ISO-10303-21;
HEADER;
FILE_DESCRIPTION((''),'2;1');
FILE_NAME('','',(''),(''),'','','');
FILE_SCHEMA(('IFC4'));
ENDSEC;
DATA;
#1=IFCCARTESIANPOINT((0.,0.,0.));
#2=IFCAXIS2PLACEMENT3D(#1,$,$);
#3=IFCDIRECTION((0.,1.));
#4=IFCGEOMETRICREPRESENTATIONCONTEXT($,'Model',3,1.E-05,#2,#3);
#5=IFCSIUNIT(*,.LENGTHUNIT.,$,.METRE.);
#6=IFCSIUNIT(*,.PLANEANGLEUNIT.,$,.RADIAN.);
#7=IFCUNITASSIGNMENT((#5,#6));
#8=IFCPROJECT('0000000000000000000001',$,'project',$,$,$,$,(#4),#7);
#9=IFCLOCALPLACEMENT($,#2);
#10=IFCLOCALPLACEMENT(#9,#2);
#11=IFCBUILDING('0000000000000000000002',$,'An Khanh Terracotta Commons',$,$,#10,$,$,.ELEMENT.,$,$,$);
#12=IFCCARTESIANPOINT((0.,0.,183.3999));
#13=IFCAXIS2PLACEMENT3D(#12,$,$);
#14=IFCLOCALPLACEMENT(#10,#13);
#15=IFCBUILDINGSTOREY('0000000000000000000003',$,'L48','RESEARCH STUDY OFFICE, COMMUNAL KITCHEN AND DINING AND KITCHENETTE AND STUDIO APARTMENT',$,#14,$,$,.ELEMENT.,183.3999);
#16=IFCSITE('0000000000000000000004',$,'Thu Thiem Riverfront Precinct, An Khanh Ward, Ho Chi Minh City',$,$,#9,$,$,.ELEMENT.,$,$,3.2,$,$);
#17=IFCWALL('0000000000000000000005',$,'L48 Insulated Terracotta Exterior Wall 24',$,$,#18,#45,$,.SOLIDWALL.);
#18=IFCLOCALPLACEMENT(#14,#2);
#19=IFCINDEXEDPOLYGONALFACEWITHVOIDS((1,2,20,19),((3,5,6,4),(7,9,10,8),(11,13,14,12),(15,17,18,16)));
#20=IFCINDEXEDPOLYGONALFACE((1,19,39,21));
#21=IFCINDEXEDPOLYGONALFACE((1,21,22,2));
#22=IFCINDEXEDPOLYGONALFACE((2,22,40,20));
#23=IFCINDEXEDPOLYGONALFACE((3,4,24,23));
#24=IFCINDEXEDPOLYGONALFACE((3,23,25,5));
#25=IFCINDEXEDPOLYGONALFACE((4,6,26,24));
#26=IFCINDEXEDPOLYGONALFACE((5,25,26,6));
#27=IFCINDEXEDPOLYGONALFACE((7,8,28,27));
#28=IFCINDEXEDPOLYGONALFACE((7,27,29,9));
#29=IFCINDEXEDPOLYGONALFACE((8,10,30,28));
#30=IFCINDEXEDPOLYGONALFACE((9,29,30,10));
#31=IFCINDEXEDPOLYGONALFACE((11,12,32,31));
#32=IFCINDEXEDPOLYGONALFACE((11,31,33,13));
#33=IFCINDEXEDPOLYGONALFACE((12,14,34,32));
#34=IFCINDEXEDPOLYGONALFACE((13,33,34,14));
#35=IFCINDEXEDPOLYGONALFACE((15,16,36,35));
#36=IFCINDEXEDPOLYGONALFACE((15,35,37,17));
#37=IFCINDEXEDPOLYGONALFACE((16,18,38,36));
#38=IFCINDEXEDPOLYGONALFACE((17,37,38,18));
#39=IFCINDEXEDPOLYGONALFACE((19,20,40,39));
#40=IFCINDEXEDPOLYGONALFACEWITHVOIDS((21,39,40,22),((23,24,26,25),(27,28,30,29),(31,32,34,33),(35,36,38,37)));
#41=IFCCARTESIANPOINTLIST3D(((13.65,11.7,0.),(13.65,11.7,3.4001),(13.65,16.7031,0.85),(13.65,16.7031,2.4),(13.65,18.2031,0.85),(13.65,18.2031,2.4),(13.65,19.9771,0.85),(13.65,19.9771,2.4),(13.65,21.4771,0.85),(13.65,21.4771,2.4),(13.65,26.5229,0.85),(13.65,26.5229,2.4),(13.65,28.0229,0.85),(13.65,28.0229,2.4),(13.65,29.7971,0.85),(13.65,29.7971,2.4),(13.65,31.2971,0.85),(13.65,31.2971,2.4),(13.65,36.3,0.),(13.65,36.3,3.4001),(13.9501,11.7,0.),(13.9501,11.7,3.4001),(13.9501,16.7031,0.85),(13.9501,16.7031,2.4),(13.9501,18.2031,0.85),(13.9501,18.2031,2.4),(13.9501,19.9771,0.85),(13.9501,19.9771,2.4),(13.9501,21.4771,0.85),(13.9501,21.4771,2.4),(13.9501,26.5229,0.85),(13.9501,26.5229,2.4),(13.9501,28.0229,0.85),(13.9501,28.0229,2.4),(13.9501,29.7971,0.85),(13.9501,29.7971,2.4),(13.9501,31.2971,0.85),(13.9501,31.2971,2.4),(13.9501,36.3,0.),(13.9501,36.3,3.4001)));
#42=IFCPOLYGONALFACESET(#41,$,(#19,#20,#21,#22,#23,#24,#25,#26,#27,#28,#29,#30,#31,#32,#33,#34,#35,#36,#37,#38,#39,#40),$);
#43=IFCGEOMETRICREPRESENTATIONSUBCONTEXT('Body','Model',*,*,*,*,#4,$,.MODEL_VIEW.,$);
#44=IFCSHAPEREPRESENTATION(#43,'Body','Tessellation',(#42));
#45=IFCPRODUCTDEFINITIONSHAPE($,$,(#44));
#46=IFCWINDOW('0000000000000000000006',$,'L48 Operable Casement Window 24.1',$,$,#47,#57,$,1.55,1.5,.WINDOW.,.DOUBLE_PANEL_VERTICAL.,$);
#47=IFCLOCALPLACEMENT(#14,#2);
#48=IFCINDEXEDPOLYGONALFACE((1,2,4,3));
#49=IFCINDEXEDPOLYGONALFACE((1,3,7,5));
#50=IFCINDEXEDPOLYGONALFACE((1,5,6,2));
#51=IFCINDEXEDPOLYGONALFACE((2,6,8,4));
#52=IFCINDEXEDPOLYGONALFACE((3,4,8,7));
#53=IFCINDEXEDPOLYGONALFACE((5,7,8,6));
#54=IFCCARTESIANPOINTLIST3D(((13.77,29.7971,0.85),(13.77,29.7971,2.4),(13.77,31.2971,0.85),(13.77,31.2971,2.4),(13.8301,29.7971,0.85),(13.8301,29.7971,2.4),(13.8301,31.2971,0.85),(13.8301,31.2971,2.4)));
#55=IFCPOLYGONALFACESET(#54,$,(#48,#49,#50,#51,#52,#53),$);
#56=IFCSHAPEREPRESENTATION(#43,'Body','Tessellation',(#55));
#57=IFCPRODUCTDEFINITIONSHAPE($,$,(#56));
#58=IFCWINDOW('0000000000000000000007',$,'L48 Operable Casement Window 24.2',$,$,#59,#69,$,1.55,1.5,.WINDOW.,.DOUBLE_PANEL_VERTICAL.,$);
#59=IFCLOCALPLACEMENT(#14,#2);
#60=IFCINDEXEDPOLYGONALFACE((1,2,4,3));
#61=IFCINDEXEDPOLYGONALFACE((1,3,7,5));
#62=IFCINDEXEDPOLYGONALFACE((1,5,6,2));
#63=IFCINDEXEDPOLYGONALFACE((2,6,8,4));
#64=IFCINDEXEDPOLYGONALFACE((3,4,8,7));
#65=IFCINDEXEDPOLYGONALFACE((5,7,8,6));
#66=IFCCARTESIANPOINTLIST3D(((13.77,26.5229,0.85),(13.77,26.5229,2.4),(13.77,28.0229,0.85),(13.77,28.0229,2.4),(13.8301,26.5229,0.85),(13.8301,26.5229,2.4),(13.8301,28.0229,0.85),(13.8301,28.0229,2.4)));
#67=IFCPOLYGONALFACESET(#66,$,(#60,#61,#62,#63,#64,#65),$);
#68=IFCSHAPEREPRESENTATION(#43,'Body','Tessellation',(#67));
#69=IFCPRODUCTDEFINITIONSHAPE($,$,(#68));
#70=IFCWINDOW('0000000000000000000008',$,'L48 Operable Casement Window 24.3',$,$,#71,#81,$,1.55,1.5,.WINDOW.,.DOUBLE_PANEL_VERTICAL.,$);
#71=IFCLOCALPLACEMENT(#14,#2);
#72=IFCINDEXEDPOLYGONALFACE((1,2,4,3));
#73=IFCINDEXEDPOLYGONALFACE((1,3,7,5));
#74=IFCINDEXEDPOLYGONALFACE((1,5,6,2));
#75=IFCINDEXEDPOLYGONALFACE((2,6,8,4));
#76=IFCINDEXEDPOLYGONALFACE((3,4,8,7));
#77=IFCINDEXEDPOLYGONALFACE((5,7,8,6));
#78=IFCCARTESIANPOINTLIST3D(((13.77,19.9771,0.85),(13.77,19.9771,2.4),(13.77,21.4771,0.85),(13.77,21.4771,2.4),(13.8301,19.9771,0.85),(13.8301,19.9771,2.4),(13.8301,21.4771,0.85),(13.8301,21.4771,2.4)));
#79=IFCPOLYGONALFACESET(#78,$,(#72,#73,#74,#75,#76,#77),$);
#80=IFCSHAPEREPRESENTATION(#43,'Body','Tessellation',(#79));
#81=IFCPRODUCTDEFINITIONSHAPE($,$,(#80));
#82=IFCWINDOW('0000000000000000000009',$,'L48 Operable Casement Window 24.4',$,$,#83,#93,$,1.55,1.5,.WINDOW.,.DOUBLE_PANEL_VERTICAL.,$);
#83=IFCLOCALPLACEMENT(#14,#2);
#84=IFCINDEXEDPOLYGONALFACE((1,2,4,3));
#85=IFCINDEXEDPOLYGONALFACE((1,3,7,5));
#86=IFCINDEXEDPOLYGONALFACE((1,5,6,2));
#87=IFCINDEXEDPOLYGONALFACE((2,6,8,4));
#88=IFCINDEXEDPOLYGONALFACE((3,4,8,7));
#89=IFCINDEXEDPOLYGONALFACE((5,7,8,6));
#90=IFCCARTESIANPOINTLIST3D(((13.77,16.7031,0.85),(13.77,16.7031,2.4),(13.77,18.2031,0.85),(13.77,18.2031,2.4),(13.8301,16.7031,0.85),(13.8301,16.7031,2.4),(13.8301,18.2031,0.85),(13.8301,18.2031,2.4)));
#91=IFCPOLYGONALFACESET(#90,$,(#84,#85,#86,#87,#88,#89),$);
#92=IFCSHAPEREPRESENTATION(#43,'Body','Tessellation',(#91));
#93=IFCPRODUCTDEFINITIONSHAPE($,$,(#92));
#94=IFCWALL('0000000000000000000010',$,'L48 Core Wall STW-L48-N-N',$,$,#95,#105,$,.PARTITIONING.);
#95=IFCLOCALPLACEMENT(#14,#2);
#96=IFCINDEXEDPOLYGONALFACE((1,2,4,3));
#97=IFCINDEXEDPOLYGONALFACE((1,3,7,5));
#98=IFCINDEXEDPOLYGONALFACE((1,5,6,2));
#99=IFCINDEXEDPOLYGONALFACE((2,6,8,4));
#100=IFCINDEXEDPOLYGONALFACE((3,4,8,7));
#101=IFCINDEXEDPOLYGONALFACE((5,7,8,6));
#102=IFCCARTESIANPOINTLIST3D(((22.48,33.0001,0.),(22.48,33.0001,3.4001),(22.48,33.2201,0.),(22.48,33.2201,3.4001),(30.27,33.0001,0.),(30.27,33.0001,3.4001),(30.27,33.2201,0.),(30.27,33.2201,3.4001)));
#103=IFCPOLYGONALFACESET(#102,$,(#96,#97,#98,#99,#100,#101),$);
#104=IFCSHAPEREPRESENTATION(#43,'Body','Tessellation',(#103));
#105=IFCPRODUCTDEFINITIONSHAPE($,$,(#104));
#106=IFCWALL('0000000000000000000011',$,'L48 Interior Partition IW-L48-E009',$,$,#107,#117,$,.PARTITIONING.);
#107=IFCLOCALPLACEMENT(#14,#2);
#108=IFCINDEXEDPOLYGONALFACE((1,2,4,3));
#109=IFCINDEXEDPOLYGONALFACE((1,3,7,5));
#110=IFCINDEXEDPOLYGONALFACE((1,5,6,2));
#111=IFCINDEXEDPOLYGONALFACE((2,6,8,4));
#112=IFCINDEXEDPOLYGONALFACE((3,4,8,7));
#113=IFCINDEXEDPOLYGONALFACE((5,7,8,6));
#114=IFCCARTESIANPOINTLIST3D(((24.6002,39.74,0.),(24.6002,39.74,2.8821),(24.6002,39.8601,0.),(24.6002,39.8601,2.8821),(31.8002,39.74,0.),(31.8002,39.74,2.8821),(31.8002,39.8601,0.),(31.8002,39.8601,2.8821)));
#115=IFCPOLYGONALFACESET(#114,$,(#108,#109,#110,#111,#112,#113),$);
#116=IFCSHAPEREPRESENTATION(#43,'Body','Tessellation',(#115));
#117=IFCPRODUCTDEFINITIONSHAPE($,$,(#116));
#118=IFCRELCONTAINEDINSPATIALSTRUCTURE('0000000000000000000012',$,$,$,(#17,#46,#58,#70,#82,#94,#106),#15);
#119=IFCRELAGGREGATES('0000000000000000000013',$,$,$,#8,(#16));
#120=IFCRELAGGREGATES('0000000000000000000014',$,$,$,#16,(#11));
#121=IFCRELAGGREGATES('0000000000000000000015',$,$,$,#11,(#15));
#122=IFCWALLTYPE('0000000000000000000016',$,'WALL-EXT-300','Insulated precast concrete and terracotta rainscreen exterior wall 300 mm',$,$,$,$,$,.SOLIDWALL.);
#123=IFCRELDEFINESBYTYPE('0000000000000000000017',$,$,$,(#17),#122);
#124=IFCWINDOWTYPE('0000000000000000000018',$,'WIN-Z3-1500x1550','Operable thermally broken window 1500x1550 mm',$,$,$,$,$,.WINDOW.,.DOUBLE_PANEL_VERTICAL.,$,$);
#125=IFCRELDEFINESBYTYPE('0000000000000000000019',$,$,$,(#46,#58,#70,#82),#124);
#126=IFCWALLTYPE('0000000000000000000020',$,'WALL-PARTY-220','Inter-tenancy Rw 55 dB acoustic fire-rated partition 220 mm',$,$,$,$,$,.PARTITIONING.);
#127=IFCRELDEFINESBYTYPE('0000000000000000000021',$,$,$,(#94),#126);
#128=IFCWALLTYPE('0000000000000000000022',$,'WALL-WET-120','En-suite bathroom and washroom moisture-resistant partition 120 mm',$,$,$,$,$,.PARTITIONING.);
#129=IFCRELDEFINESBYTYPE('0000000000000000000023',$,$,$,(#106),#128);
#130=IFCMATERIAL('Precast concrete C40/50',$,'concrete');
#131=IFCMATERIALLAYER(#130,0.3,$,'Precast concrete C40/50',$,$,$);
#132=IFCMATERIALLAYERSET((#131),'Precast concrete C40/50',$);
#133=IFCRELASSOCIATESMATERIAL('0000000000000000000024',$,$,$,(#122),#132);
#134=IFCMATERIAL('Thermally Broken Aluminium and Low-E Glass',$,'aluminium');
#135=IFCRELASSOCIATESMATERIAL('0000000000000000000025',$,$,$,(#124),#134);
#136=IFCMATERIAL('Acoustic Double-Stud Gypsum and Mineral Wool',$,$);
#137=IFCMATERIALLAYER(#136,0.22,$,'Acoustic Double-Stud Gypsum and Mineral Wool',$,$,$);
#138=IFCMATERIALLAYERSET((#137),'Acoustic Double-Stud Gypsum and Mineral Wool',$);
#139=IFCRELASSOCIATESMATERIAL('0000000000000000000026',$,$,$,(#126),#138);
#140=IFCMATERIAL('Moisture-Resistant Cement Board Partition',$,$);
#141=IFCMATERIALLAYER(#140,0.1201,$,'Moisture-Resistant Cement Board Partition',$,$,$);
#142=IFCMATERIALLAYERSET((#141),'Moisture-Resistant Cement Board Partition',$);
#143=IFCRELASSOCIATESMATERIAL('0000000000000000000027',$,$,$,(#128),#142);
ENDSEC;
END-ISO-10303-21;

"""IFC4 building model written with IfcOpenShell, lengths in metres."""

from ifc_helpers import new_model, si_unit, direction, frame, frame_2d, origin, place, context, subcontext, project, spatial, rectangle, extrude, material, layer, layer_set, type_object, element, fill, save


model = new_model("IFC4")

# Units and contexts
model_context = context("Model", 3, precision=1e-05, world=origin(), true_north=direction((0.0, 1.0)))
body_context = subcontext(model_context, "Body", "Model", "MODEL_VIEW")
ifc_project = project(units=[si_unit("LENGTHUNIT", "METRE"), si_unit("PLANEANGLEUNIT", "RADIAN")], contexts=[model_context])

# Site, building, storey
site_placement = place(None, origin())
site = spatial("IfcSite", under=ifc_project, at=site_placement, Name="Thu Thiem Riverfront Precinct, An Khanh Ward, Ho Chi Minh City", CompositionType="ELEMENT", RefElevation=3.2)
building_placement = place(site_placement, origin())
building = spatial("IfcBuilding", under=site, at=building_placement, Name="An Khanh Terracotta Commons", CompositionType="ELEMENT")
storey_placement = place(building_placement, frame((0.0, 0.0, 183.3999)))
storey = spatial("IfcBuildingStorey", under=building, at=storey_placement, Name="L48", Description="RESEARCH STUDY OFFICE, COMMUNAL KITCHEN AND DINING AND KITCHENETTE AND STUDIO APARTMENT", CompositionType="ELEMENT", Elevation=183.3999)

# Shared definitions
ifc_material_1 = material(Name="Precast concrete C40/50", Category="concrete")
ifc_layer_1 = layer(ifc_material_1, 0.3, Name="Precast concrete C40/50")
ifc_layer_set_1 = layer_set([ifc_layer_1], Name="Precast concrete C40/50")
wall_type_1 = type_object("IfcWallType", Name="WALL-EXT-300", Description="Insulated precast concrete and terracotta rainscreen exterior wall 300 mm", PredefinedType="SOLIDWALL", material=ifc_layer_set_1)

# Wall, openings, windows
wall_1_placement = place(storey_placement, frame((13.8, 36.3, 0.0), z_axis=(0.0, 0.0, 1.0), x_axis=(0.0, -1.0, 0.0)))
wall_1 = element("IfcWall", 1, at=wall_1_placement, inside=storey, type_object=wall_type_1, Name="L48 Insulated Terracotta Exterior Wall 24", PredefinedType="SOLIDWALL", context=body_context, shape_type="SweptSolid", body=[
    extrude(rectangle(XDim=24.6001, YDim=0.3, at=frame_2d((12.3, 0.0))), origin(), (0.0, 0.0, 1.0), 3.4001),
])
opening_1_placement = place(wall_1_placement, frame((5.0029, 0.0, 0.8501)))
opening_1 = element("IfcOpeningElement", 2, at=opening_1_placement, cuts=wall_1, PredefinedType="OPENING", context=body_context, shape_type="SweptSolid", body=[
    extrude(rectangle(XDim=1.5, YDim=1.55, at=frame_2d((0.75, 0.7749))), frame((0.0, 0.1599, 0.0), z_axis=(0.0, -1.0, 0.0), x_axis=(1.0, 0.0, 0.0)), (0.0, 0.0, 1.0), 0.3201),
])
opening_2_placement = place(wall_1_placement, frame((8.2771, 0.0, 0.8501)))
opening_2 = element("IfcOpeningElement", 3, at=opening_2_placement, cuts=wall_1, PredefinedType="OPENING", context=body_context, shape_type="SweptSolid", body=[
    extrude(rectangle(XDim=1.5, YDim=1.55, at=frame_2d((0.75, 0.7749))), frame((0.0, 0.1599, 0.0), z_axis=(0.0, -1.0, 0.0), x_axis=(1.0, 0.0, 0.0)), (0.0, 0.0, 1.0), 0.3201),
])
opening_3_placement = place(wall_1_placement, frame((14.823, 0.0, 0.8501)))
opening_3 = element("IfcOpeningElement", 4, at=opening_3_placement, cuts=wall_1, PredefinedType="OPENING", context=body_context, shape_type="SweptSolid", body=[
    extrude(rectangle(XDim=1.5, YDim=1.55, at=frame_2d((0.75, 0.7749))), frame((0.0, 0.1599, 0.0), z_axis=(0.0, -1.0, 0.0), x_axis=(1.0, 0.0, 0.0)), (0.0, 0.0, 1.0), 0.3201),
])
opening_4_placement = place(wall_1_placement, frame((18.0969, 0.0, 0.8501)))
opening_4 = element("IfcOpeningElement", 5, at=opening_4_placement, cuts=wall_1, PredefinedType="OPENING", context=body_context, shape_type="SweptSolid", body=[
    extrude(rectangle(XDim=1.5, YDim=1.55, at=frame_2d((0.75, 0.7749))), frame((0.0, 0.1599, 0.0), z_axis=(0.0, -1.0, 0.0), x_axis=(1.0, 0.0, 0.0)), (0.0, 0.0, 1.0), 0.3201),
])
ifc_material_2 = material(Name="Thermally Broken Aluminium and Low-E Glass", Category="aluminium")
window_type = type_object("IfcWindowType", Name="WIN-Z3-1500x1550", Description="Operable thermally broken window 1500x1550 mm", PartitioningType="DOUBLE_PANEL_VERTICAL", PredefinedType="WINDOW", material=ifc_material_2)
window_1_placement = place(opening_1_placement, origin())
window_1 = element("IfcWindow", 6, at=window_1_placement, inside=storey, type_object=window_type, Name="L48 Operable Casement Window 24.1", OverallHeight=1.55, OverallWidth=1.5, PartitioningType="DOUBLE_PANEL_VERTICAL", PredefinedType="WINDOW", context=body_context, shape_type="SweptSolid", body=[
    extrude(rectangle(XDim=1.5, YDim=1.55, at=frame_2d((0.75, 0.7749))), frame((0.0, 0.03, 0.0), z_axis=(0.0, -1.0, 0.0), x_axis=(1.0, 0.0, 0.0)), (0.0, 0.0, 1.0), 0.0601),
])
fill(opening_1, window_1)
window_2_placement = place(opening_2_placement, origin())
window_2 = element("IfcWindow", 7, at=window_2_placement, inside=storey, type_object=window_type, Name="L48 Operable Casement Window 24.2", OverallHeight=1.55, OverallWidth=1.5, PartitioningType="DOUBLE_PANEL_VERTICAL", PredefinedType="WINDOW", context=body_context, shape_type="SweptSolid", body=[
    extrude(rectangle(XDim=1.5, YDim=1.55, at=frame_2d((0.75, 0.7749))), frame((0.0, 0.03, 0.0), z_axis=(0.0, -1.0, 0.0), x_axis=(1.0, 0.0, 0.0)), (0.0, 0.0, 1.0), 0.0601),
])
fill(opening_2, window_2)
window_3_placement = place(opening_3_placement, origin())
window_3 = element("IfcWindow", 8, at=window_3_placement, inside=storey, type_object=window_type, Name="L48 Operable Casement Window 24.3", OverallHeight=1.55, OverallWidth=1.5, PartitioningType="DOUBLE_PANEL_VERTICAL", PredefinedType="WINDOW", context=body_context, shape_type="SweptSolid", body=[
    extrude(rectangle(XDim=1.5, YDim=1.55, at=frame_2d((0.75, 0.7749))), frame((0.0, 0.03, 0.0), z_axis=(0.0, -1.0, 0.0), x_axis=(1.0, 0.0, 0.0)), (0.0, 0.0, 1.0), 0.0601),
])
fill(opening_3, window_3)
window_4_placement = place(opening_4_placement, origin())
window_4 = element("IfcWindow", 9, at=window_4_placement, inside=storey, type_object=window_type, Name="L48 Operable Casement Window 24.4", OverallHeight=1.55, OverallWidth=1.5, PartitioningType="DOUBLE_PANEL_VERTICAL", PredefinedType="WINDOW", context=body_context, shape_type="SweptSolid", body=[
    extrude(rectangle(XDim=1.5, YDim=1.55, at=frame_2d((0.75, 0.7749))), frame((0.0, 0.03, 0.0), z_axis=(0.0, -1.0, 0.0), x_axis=(1.0, 0.0, 0.0)), (0.0, 0.0, 1.0), 0.0601),
])
fill(opening_4, window_4)

# Walls
ifc_material_3 = material(Name="Acoustic Double-Stud Gypsum and Mineral Wool")
ifc_layer_2 = layer(ifc_material_3, 0.22, Name="Acoustic Double-Stud Gypsum and Mineral Wool")
ifc_layer_set_2 = layer_set([ifc_layer_2], Name="Acoustic Double-Stud Gypsum and Mineral Wool")
wall_type_2 = type_object("IfcWallType", Name="WALL-PARTY-220", Description="Inter-tenancy Rw 55 dB acoustic fire-rated partition 220 mm", PredefinedType="PARTITIONING", material=ifc_layer_set_2)
wall_2_placement = place(storey_placement, frame((22.48, 33.1101, 0.0), z_axis=(0.0, 0.0, 1.0), x_axis=(1.0, 0.0, 0.0)))
element("IfcWall", 10, at=wall_2_placement, inside=storey, type_object=wall_type_2, Name="L48 Core Wall STW-L48-N-N", PredefinedType="PARTITIONING", context=body_context, shape_type="SweptSolid", body=[
    extrude(rectangle(XDim=7.79, YDim=0.22, at=frame_2d((3.895, 0.0))), origin(), (0.0, 0.0, 1.0), 3.4001),
])
ifc_material_4 = material(Name="Moisture-Resistant Cement Board Partition")
ifc_layer_3 = layer(ifc_material_4, 0.1201, Name="Moisture-Resistant Cement Board Partition")
ifc_layer_set_3 = layer_set([ifc_layer_3], Name="Moisture-Resistant Cement Board Partition")
wall_type_3 = type_object("IfcWallType", Name="WALL-WET-120", Description="En-suite bathroom and washroom moisture-resistant partition 120 mm", PredefinedType="PARTITIONING", material=ifc_layer_set_3)
wall_3_placement = place(storey_placement, frame((24.6001, 39.8, 0.0), z_axis=(0.0, 0.0, 1.0), x_axis=(1.0, 0.0, 0.0)))
element("IfcWall", 11, at=wall_3_placement, inside=storey, type_object=wall_type_3, Name="L48 Interior Partition IW-L48-E009", PredefinedType="PARTITIONING", context=body_context, shape_type="SweptSolid", body=[
    extrude(rectangle(XDim=7.2, YDim=0.1201, at=frame_2d((3.6001, 0.0))), origin(), (0.0, 0.0, 1.0), 2.8821),
])

save(model, "model.ifc")
